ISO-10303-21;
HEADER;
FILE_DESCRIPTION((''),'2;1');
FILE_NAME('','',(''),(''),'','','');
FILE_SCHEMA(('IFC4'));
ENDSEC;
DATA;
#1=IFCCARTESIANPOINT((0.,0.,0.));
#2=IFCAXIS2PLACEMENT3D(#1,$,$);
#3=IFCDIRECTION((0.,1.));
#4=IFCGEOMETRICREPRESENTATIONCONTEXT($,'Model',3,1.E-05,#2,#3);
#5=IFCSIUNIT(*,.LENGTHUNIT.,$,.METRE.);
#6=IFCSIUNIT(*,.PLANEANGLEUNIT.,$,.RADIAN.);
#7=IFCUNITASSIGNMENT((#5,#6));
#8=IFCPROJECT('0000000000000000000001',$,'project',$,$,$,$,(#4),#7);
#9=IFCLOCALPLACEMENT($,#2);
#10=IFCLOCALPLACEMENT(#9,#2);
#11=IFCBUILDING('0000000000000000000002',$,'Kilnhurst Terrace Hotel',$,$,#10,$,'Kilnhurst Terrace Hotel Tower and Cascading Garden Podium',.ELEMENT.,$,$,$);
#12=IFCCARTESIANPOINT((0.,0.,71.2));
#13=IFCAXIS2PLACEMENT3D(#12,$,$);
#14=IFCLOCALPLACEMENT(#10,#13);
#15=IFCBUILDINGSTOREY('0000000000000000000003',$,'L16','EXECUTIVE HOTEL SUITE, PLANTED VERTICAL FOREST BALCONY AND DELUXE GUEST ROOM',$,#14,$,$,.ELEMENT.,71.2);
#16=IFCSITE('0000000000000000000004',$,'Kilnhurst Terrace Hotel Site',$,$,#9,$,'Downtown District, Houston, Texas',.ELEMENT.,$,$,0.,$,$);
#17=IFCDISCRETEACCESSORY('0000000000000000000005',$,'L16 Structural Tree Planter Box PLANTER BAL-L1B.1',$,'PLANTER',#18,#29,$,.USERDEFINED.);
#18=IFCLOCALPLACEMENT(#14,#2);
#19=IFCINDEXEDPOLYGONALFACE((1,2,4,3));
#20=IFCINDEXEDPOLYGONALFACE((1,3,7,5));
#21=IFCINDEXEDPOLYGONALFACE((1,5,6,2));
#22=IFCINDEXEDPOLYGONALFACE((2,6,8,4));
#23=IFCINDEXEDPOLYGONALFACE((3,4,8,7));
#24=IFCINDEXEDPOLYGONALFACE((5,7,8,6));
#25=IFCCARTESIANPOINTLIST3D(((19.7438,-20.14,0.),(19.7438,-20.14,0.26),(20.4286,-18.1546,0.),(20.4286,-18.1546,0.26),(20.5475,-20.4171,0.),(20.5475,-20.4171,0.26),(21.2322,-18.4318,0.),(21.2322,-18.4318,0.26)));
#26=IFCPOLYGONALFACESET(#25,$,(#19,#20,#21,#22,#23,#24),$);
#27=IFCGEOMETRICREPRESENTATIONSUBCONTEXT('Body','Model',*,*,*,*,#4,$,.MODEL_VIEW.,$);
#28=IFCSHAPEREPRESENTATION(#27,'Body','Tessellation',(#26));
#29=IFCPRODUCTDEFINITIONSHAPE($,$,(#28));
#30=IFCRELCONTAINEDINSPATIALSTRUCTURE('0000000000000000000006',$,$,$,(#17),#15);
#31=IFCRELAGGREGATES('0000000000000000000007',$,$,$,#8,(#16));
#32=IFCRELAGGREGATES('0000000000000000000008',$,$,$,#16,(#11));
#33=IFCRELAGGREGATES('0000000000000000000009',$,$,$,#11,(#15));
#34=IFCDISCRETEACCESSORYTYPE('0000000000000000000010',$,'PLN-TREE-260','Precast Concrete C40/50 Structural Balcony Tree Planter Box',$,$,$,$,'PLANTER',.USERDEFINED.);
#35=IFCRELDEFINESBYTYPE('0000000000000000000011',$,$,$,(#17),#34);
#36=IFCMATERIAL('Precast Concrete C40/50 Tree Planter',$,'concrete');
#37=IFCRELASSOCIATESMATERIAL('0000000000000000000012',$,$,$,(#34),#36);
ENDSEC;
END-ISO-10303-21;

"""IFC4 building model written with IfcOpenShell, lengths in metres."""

from ifc_helpers import new_model, si_unit, direction, frame, origin, origin_2d, place, context, subcontext, project, spatial, rectangle, extrude, material, type_object, element, save


model = new_model("IFC4")

# Units and contexts
model_context = context("Model", 3, precision=1e-05, world=origin(), true_north=direction((0.0, 1.0)))
body_context = subcontext(model_context, "Body", "Model", "MODEL_VIEW")
ifc_project = project(units=[si_unit("LENGTHUNIT", "METRE"), si_unit("PLANEANGLEUNIT", "RADIAN")], contexts=[model_context])

# Site, building, storey
site_placement = place(None, origin())
site = spatial("IfcSite", under=ifc_project, at=site_placement, Name="Kilnhurst Terrace Hotel Site", LongName="Downtown District, Houston, Texas", CompositionType="ELEMENT", RefElevation=0.0)
building_placement = place(site_placement, origin())
building = spatial("IfcBuilding", under=site, at=building_placement, Name="Kilnhurst Terrace Hotel", LongName="Kilnhurst Terrace Hotel Tower and Cascading Garden Podium", CompositionType="ELEMENT")
storey_placement = place(building_placement, frame((0.0, 0.0, 71.2)))
storey = spatial("IfcBuildingStorey", under=building, at=storey_placement, Name="L16", Description="EXECUTIVE HOTEL SUITE, PLANTED VERTICAL FOREST BALCONY AND DELUXE GUEST ROOM", CompositionType="ELEMENT", Elevation=71.2)

# Discrete accessory
ifc_material_1 = material(Name="Precast Concrete C40/50 Tree Planter", Category="concrete")
discrete_accessory_type_1 = type_object("IfcDiscreteAccessoryType", Name="PLN-TREE-260", Description="Precast Concrete C40/50 Structural Balcony Tree Planter Box", ElementType="PLANTER", PredefinedType="USERDEFINED", material=ifc_material_1)
discrete_accessory_1_placement = place(storey_placement, frame((20.488, -19.2859, 0.0), z_axis=(0.0, 0.0, 1.0), x_axis=(0.326063, 0.945348, 0.0)))
element("IfcDiscreteAccessory", 1, at=discrete_accessory_1_placement, inside=storey, type_object=discrete_accessory_type_1, Name="L16 Structural Tree Planter Box PLANTER BAL-L1B.1", ObjectType="PLANTER", PredefinedType="USERDEFINED", context=body_context, shape_type="SweptSolid", body=[
    extrude(rectangle(XDim=2.1001, YDim=0.8501, at=origin_2d()), origin(), (0.0, 0.0, 1.0), 0.26),
])

save(model, "model.ifc")
